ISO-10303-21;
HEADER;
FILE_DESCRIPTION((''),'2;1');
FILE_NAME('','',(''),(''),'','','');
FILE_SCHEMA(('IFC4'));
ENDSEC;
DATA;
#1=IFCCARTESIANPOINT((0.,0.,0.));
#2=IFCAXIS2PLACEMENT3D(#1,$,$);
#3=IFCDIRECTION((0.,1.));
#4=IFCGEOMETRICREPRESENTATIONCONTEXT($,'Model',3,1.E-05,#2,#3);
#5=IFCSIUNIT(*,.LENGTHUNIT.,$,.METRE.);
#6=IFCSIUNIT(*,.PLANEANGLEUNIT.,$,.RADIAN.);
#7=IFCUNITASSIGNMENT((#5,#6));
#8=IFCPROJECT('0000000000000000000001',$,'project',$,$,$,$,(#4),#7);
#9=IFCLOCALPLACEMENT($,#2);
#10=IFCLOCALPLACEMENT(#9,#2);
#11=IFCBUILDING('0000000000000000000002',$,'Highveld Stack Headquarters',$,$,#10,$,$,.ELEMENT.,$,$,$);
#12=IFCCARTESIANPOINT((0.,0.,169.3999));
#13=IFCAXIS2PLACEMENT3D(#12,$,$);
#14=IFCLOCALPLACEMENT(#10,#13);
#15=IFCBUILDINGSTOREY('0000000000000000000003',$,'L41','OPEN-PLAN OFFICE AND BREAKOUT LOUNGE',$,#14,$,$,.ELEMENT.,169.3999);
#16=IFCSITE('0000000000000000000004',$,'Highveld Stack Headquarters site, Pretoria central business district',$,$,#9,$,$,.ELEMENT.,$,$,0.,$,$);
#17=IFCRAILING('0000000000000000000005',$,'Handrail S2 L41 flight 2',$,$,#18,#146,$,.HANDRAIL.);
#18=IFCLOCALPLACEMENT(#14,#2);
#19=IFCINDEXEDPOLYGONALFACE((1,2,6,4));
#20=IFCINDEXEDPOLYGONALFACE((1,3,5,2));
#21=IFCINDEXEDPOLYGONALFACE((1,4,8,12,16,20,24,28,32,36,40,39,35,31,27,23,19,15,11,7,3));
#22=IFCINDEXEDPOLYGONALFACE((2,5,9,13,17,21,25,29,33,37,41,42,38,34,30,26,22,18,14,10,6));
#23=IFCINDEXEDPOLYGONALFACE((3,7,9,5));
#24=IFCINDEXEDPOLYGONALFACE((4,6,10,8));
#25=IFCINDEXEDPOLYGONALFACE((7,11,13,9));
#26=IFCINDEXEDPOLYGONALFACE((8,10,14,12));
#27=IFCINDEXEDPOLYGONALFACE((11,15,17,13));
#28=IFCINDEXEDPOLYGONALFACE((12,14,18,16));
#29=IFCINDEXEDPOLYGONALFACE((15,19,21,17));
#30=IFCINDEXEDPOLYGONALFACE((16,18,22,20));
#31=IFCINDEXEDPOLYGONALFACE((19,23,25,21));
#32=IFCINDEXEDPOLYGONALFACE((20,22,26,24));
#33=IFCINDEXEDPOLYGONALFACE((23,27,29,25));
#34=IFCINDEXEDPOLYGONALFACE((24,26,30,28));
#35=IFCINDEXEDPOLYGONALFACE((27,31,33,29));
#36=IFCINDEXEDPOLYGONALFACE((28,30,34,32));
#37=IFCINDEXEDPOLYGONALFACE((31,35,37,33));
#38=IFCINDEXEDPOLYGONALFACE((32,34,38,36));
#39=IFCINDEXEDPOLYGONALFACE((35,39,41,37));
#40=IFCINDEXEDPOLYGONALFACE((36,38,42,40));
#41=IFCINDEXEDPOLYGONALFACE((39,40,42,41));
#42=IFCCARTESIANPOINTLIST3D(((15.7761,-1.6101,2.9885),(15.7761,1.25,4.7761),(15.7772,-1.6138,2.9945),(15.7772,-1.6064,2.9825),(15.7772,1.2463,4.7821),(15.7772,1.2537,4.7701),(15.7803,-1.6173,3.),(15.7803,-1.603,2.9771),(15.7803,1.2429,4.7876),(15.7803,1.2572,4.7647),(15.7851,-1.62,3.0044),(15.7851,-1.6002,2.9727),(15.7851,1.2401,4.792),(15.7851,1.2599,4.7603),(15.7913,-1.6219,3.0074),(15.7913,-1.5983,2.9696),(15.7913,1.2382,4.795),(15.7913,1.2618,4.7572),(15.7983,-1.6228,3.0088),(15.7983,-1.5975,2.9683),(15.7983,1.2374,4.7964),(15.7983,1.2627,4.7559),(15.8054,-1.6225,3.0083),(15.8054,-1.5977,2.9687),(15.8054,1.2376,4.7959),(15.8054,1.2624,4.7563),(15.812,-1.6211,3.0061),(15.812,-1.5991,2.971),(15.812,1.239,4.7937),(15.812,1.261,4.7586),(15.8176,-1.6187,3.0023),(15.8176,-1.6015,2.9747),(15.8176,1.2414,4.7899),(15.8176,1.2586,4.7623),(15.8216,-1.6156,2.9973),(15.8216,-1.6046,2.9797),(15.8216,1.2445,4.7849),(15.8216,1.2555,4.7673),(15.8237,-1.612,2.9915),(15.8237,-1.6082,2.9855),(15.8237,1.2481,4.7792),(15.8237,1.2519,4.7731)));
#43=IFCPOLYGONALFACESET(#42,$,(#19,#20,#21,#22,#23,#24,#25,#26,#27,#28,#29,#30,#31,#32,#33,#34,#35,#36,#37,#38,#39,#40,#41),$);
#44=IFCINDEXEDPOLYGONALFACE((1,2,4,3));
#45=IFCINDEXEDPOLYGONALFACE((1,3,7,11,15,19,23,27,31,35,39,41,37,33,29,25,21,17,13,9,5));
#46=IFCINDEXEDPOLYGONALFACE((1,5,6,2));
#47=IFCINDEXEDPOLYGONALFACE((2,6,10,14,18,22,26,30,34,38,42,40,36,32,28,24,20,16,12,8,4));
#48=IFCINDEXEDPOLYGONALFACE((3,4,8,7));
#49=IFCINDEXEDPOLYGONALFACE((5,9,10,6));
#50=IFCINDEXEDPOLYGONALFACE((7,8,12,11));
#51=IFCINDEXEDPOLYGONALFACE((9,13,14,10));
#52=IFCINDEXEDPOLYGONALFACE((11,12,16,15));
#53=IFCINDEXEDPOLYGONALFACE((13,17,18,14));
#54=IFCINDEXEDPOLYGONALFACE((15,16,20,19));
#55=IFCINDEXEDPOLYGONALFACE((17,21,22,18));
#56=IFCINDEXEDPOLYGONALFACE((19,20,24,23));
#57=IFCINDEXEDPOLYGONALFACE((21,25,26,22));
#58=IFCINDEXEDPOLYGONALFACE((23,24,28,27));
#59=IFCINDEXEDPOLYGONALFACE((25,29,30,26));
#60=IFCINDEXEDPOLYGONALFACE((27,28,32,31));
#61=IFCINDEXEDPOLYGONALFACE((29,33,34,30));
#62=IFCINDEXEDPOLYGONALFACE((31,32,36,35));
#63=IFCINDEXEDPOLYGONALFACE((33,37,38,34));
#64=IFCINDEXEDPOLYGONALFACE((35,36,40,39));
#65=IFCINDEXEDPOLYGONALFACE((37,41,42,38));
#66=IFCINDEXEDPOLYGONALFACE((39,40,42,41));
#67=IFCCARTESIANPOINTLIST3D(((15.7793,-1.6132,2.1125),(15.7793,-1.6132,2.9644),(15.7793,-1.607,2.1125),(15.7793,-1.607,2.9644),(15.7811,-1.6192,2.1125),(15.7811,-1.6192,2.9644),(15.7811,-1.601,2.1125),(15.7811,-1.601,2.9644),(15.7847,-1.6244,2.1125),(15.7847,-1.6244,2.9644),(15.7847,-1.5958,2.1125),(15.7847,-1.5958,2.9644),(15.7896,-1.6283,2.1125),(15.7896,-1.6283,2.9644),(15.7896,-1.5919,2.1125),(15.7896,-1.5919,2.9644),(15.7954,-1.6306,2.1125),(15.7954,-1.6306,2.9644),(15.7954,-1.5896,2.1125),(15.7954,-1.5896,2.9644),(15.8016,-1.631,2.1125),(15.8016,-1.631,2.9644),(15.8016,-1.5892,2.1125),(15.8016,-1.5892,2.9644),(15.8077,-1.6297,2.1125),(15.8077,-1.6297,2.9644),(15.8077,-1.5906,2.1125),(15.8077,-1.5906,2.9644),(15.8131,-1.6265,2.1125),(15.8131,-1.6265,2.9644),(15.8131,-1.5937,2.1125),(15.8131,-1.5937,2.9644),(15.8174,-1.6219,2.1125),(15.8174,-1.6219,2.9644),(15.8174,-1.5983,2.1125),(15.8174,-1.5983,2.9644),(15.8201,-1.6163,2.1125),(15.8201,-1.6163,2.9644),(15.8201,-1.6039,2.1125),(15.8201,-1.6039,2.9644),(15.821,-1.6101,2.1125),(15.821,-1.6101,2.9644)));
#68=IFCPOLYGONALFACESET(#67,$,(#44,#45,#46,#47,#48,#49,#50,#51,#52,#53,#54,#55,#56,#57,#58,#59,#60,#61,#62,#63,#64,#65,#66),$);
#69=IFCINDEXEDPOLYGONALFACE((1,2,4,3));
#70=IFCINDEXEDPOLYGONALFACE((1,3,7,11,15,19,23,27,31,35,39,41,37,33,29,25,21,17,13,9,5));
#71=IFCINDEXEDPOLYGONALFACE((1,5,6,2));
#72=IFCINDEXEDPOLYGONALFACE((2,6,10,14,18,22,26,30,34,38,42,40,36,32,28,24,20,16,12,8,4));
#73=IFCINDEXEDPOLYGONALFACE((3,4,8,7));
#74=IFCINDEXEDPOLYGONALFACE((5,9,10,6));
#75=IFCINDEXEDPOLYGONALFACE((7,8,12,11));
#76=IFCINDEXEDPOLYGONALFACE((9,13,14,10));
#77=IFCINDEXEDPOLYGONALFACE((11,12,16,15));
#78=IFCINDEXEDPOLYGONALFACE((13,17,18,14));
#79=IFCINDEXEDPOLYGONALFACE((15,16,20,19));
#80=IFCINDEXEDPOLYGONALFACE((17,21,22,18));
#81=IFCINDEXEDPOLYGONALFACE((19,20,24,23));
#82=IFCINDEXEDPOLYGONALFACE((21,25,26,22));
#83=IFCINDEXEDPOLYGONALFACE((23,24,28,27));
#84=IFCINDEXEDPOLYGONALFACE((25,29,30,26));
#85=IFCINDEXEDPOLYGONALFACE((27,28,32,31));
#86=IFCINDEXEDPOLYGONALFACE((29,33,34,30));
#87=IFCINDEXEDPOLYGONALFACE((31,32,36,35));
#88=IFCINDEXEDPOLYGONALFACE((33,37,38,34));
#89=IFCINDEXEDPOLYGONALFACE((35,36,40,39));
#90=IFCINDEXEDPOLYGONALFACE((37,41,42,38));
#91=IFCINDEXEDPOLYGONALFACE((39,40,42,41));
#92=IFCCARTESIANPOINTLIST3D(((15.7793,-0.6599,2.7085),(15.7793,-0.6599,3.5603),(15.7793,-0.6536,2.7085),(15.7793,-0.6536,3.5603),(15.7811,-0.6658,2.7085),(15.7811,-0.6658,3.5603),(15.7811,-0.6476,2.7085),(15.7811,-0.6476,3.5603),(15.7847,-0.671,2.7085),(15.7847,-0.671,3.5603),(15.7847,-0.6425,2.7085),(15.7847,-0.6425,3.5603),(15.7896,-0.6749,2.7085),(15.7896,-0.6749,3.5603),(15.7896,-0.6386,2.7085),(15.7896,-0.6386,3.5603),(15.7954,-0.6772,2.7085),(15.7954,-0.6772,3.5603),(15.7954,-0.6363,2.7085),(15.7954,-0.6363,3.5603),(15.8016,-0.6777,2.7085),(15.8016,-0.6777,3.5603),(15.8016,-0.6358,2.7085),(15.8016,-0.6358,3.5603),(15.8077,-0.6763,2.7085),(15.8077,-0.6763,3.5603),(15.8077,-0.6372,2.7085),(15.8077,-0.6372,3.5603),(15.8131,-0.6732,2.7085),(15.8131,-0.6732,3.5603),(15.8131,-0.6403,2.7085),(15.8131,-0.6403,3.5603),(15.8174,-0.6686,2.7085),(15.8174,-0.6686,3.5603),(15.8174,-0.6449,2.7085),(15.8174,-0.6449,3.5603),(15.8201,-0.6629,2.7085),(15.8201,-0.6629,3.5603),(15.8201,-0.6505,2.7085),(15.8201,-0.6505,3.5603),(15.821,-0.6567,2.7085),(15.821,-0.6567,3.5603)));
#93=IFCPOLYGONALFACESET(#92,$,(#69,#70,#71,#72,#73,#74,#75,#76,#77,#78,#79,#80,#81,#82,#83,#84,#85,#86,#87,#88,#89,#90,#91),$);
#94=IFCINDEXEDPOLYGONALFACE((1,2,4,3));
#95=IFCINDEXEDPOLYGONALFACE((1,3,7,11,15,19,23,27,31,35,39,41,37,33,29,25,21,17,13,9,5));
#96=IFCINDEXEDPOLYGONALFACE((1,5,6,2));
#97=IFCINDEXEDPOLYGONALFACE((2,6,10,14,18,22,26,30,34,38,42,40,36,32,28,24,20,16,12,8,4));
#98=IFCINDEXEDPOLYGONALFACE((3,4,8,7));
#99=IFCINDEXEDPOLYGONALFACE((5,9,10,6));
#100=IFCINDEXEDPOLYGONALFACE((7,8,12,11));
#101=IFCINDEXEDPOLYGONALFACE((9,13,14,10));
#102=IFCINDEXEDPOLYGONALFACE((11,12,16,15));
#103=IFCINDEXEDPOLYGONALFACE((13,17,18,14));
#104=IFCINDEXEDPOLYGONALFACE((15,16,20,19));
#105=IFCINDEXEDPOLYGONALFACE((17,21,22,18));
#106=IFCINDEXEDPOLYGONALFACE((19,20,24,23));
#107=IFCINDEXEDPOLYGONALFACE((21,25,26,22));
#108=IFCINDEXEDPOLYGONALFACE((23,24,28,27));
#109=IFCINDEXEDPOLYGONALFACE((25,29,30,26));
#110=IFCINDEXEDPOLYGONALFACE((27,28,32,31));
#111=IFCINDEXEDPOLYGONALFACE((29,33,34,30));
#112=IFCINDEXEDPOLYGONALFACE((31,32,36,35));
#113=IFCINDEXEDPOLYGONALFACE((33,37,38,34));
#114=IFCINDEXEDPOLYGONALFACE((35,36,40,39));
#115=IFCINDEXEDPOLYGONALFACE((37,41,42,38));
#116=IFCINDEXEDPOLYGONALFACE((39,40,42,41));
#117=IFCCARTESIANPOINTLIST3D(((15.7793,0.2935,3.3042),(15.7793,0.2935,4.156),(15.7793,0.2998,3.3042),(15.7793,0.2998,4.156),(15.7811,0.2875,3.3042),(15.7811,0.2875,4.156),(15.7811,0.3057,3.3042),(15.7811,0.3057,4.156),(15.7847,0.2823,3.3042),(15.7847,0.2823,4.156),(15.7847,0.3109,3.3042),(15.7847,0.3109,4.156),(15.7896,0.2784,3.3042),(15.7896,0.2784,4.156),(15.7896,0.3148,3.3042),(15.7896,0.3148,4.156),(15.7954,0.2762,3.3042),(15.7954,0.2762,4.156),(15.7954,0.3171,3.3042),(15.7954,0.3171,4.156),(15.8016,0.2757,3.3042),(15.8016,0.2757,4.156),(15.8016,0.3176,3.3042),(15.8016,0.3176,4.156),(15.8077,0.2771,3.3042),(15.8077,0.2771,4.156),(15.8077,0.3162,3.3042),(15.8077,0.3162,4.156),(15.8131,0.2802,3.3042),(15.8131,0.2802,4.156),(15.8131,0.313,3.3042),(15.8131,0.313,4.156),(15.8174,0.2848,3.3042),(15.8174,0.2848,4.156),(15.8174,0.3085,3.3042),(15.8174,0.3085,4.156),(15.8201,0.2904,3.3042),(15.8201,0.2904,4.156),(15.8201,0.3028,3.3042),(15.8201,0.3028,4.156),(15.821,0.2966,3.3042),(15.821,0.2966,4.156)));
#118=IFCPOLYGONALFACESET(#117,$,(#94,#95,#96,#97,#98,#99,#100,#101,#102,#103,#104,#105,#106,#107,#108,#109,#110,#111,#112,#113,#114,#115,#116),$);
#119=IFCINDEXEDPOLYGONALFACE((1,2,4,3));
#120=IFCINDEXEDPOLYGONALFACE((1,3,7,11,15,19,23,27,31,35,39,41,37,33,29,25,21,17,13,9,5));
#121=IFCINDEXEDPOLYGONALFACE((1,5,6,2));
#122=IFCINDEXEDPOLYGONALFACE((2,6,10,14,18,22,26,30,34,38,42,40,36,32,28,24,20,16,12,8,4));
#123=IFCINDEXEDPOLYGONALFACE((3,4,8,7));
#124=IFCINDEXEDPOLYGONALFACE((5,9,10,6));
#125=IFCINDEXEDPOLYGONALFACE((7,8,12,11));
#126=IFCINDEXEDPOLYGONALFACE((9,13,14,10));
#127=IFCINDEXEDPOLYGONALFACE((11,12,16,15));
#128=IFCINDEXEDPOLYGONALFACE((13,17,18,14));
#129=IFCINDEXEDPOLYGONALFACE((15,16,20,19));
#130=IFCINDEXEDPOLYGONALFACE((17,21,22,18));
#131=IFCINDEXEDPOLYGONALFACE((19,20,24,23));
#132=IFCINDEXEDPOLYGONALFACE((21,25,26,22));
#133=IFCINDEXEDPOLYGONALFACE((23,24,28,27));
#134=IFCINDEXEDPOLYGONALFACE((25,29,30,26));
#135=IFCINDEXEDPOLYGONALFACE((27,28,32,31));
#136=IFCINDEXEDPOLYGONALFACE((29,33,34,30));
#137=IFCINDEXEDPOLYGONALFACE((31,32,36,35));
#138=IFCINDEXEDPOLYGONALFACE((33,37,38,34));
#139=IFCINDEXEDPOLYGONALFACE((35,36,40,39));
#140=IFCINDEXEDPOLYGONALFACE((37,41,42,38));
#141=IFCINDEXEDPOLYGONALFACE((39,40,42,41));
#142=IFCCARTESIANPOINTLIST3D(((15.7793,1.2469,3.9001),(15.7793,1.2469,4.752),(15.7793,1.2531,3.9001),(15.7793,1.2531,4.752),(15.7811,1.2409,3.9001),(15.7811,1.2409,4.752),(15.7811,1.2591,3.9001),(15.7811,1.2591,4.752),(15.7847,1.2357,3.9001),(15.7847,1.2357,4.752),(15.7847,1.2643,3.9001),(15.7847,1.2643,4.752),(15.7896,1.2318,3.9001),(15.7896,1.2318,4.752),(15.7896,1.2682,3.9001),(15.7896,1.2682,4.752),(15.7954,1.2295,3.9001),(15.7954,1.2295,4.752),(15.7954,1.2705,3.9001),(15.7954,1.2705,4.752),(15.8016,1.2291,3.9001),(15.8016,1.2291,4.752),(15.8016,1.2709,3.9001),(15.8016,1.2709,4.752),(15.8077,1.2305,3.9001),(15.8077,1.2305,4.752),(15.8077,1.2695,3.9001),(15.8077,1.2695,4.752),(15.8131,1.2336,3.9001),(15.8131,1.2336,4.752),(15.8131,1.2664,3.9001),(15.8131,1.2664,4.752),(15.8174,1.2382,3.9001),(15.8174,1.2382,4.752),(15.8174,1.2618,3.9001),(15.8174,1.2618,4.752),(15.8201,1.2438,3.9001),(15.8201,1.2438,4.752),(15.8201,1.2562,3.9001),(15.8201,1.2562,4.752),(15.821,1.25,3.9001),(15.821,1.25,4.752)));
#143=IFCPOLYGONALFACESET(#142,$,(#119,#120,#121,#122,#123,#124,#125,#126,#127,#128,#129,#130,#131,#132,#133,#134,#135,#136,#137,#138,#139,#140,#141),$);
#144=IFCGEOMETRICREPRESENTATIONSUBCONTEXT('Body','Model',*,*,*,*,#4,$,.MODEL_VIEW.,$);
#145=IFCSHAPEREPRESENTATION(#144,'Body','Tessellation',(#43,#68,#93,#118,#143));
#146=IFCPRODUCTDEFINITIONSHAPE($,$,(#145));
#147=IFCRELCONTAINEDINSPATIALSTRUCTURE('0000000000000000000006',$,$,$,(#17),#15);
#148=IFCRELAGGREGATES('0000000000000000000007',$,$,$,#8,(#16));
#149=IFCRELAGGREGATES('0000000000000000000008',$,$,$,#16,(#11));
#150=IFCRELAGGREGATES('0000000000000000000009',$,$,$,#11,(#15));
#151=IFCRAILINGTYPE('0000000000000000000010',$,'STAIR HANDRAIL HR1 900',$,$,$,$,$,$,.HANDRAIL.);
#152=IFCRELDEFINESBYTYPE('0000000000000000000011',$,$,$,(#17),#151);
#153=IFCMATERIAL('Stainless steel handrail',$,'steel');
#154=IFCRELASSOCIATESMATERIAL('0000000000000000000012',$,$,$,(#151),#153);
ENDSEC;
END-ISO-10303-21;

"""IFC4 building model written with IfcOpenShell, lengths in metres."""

from ifc_helpers import new_model, si_unit, direction, frame, origin, origin_2d, place, context, subcontext, project, spatial, circle, extrude, material, type_object, element, save


model = new_model("IFC4")

# Units and contexts
model_context = context("Model", 3, precision=1e-05, world=origin(), true_north=direction((0.0, 1.0)))
body_context = subcontext(model_context, "Body", "Model", "MODEL_VIEW")
ifc_project = project(units=[si_unit("LENGTHUNIT", "METRE"), si_unit("PLANEANGLEUNIT", "RADIAN")], contexts=[model_context])

# Site, building, storey
site_placement = place(None, origin())
site = spatial("IfcSite", under=ifc_project, at=site_placement, Name="Highveld Stack Headquarters site, Pretoria central business district", CompositionType="ELEMENT", RefElevation=0.0)
building_placement = place(site_placement, origin())
building = spatial("IfcBuilding", under=site, at=building_placement, Name="Highveld Stack Headquarters", CompositionType="ELEMENT")
storey_placement = place(building_placement, frame((0.0, 0.0, 169.3999)))
storey = spatial("IfcBuildingStorey", under=building, at=storey_placement, Name="L41", Description="OPEN-PLAN OFFICE AND BREAKOUT LOUNGE", CompositionType="ELEMENT", Elevation=169.3999)

# Railing
ifc_material_1 = material(Name="Stainless steel handrail", Category="steel")
railing_type = type_object("IfcRailingType", Name="STAIR HANDRAIL HR1 900", PredefinedType="HANDRAIL", material=ifc_material_1)
for number, where, name in (
    (1, (15.8, -1.6101, 2.1125), "Handrail S2 L41 flight 2"),
):
    element("IfcRailing", number, at=place(storey_placement, frame(where)), inside=storey, type_object=railing_type, Name=name, PredefinedType="HANDRAIL", context=body_context, shape_type="SweptSolid", body=[
        extrude(circle(Radius=0.0239, at=origin_2d()), frame((0.0, 0.0, 0.876), z_axis=(0.0, 0.847994, 0.530005), x_axis=(-1.0, 0.0, 0.0)), (0.0, 0.0, 1.0), 3.3728),
        extrude(circle(Radius=0.021, at=origin_2d()), origin(), (0.0, 0.0, 1.0), 0.8518),
        extrude(circle(Radius=0.021, at=origin_2d()), frame((0.0, 0.9534, 0.5959)), (0.0, 0.0, 1.0), 0.8518),
        extrude(circle(Radius=0.021, at=origin_2d()), frame((0.0, 1.9067, 1.1917)), (0.0, 0.0, 1.0), 0.8518),
        extrude(circle(Radius=0.021, at=origin_2d()), frame((0.0, 2.8601, 1.7876)), (0.0, 0.0, 1.0), 0.8518),
    ])

save(model, "model.ifc")
